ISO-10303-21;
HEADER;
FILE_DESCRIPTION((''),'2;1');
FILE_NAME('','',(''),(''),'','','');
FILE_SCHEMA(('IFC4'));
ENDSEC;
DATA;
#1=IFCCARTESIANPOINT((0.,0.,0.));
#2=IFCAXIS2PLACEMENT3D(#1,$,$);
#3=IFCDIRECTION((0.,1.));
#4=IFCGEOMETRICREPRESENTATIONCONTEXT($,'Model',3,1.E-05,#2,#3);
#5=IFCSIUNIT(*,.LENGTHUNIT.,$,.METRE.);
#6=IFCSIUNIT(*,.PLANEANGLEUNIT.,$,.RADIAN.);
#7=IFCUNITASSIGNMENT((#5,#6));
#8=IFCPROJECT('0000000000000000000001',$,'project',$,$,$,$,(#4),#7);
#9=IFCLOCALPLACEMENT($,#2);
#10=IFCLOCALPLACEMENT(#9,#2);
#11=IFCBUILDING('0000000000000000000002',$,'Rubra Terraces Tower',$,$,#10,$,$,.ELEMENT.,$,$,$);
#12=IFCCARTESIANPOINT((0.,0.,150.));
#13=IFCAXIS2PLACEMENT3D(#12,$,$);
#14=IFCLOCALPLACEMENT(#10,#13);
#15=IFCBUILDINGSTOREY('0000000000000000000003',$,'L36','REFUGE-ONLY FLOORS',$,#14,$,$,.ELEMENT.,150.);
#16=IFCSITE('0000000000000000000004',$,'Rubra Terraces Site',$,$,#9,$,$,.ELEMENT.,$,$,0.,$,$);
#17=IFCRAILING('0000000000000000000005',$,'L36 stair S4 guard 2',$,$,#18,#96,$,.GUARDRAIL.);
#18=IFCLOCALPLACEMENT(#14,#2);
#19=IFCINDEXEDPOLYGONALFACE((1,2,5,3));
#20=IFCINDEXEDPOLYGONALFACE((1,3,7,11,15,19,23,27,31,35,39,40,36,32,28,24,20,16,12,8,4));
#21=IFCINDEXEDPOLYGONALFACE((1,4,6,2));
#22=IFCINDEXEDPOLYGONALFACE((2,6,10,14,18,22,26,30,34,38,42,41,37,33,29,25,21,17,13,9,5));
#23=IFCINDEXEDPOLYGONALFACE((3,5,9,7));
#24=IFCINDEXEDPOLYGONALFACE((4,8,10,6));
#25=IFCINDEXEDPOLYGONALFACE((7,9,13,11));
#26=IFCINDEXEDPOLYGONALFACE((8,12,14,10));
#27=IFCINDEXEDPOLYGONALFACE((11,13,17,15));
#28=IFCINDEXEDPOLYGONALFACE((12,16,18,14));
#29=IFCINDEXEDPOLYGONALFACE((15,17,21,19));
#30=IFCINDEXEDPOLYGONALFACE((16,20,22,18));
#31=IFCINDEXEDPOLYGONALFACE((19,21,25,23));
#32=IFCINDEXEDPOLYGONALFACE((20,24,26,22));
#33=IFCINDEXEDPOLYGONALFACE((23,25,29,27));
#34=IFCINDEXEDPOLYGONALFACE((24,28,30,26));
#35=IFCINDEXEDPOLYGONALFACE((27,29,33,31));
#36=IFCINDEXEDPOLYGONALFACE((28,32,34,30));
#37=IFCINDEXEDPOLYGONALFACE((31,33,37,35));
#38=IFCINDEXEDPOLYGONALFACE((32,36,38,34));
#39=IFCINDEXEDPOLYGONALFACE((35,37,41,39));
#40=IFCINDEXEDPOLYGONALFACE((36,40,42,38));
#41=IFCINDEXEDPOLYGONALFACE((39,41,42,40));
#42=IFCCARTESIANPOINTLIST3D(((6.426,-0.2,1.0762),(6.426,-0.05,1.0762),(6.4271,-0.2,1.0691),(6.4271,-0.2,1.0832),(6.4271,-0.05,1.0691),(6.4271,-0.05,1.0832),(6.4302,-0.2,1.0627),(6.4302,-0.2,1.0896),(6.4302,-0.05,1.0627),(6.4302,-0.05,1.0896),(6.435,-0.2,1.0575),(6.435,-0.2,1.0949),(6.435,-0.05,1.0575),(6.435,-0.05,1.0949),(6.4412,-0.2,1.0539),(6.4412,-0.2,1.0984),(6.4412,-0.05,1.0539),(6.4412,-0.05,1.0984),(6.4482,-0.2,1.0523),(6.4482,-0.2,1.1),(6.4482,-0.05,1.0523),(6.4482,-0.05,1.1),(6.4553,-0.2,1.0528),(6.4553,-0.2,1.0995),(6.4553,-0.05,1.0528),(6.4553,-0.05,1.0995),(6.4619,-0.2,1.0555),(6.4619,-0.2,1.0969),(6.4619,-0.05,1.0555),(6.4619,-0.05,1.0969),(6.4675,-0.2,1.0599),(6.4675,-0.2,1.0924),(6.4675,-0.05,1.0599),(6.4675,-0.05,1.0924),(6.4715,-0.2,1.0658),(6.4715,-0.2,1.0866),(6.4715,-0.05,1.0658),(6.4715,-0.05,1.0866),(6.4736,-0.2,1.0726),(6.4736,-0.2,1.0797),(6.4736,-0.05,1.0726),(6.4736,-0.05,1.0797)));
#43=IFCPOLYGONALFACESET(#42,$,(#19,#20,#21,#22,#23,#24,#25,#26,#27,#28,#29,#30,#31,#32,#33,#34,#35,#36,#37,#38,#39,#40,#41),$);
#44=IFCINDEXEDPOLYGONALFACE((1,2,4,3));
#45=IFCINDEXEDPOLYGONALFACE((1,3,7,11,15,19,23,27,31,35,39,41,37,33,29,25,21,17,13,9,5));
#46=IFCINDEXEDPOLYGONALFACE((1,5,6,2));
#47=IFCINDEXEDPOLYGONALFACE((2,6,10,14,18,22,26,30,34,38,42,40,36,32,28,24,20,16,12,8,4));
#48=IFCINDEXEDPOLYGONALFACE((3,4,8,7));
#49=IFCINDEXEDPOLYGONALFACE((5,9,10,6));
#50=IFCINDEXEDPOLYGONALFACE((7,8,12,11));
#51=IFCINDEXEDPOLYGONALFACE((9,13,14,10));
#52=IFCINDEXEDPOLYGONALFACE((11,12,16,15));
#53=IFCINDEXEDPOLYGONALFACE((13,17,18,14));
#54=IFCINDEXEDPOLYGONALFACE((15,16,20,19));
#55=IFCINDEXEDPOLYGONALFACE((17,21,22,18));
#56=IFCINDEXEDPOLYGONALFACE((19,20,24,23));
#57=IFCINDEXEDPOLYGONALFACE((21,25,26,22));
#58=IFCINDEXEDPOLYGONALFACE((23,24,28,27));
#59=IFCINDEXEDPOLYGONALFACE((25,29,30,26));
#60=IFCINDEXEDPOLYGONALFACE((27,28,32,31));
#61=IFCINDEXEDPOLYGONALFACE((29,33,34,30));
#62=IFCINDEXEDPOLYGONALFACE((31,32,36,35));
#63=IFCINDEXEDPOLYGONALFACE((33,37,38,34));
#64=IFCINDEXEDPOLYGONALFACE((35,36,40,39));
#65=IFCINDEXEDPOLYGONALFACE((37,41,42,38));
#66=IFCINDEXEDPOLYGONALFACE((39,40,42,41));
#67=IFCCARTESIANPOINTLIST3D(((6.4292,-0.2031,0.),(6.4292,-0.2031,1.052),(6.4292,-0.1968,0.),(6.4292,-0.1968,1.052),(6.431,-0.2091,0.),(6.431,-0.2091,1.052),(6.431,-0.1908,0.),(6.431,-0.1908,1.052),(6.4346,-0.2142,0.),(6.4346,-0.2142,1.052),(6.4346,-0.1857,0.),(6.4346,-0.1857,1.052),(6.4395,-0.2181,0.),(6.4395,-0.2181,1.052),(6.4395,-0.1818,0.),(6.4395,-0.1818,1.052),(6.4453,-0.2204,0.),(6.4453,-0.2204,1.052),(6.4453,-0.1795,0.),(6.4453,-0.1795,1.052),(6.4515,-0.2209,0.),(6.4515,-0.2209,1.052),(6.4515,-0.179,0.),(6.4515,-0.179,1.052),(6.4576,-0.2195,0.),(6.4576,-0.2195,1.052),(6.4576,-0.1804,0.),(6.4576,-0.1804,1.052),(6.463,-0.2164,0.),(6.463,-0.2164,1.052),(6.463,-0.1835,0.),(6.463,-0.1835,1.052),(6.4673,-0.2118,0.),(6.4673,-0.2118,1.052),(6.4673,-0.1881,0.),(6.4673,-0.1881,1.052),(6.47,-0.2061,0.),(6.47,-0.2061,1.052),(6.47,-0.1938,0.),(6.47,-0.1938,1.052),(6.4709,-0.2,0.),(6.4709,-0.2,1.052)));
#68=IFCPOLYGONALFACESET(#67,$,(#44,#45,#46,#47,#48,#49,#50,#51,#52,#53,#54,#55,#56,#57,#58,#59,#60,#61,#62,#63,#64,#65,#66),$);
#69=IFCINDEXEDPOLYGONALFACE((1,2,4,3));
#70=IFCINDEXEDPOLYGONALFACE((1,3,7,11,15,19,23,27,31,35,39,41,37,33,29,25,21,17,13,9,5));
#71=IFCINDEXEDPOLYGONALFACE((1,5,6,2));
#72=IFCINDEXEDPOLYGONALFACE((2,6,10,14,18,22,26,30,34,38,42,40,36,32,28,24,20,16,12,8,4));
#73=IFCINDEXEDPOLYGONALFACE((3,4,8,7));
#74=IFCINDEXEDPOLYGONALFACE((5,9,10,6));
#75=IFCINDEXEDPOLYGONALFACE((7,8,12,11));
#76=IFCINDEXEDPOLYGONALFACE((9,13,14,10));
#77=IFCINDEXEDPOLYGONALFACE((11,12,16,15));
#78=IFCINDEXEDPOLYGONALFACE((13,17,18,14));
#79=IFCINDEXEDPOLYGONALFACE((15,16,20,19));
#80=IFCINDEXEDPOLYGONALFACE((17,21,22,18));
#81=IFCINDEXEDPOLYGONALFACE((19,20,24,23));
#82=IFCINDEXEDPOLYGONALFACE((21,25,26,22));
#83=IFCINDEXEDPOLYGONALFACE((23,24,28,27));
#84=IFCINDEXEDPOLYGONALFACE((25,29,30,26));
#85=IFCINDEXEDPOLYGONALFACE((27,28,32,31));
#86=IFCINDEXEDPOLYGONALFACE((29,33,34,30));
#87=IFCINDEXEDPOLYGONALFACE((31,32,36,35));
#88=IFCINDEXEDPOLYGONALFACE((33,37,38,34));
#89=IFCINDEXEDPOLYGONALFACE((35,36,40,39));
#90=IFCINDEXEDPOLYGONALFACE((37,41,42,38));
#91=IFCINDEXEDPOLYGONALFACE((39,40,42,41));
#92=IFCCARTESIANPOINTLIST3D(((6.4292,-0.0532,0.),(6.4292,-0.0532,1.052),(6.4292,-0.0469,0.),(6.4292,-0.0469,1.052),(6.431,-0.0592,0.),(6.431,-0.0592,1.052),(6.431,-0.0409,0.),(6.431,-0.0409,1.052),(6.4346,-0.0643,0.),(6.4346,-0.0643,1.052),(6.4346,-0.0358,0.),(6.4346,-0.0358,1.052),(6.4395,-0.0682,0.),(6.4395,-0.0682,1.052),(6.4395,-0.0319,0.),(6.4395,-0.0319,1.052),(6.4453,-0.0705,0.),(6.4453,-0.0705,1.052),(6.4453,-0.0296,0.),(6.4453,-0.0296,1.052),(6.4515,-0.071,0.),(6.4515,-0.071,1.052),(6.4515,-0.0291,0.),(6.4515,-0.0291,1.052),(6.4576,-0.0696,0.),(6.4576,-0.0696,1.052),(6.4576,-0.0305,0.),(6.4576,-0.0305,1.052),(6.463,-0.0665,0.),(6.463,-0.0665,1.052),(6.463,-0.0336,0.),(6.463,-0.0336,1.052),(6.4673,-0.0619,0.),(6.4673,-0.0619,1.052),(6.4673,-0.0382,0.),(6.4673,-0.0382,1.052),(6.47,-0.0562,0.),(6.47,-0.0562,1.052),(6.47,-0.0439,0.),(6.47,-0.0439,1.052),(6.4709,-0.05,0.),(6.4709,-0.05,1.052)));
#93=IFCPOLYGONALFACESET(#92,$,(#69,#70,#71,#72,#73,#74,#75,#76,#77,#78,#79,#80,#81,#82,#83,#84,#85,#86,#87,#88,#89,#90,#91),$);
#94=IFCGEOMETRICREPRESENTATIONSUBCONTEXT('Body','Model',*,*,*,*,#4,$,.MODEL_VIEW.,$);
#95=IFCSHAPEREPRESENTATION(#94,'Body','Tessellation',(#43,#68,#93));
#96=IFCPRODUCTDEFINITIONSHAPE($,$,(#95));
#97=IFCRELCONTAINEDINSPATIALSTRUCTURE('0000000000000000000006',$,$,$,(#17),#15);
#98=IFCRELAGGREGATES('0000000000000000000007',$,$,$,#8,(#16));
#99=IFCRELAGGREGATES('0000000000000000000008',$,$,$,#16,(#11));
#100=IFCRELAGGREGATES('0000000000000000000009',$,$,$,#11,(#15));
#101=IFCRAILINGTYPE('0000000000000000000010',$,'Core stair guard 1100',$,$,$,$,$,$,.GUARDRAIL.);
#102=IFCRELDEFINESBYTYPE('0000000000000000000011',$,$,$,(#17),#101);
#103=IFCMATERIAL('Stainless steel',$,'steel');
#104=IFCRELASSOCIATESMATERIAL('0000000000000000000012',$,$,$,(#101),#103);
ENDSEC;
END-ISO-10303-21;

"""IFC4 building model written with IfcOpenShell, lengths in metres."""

from ifc_helpers import new_model, si_unit, direction, frame, origin, origin_2d, place, context, subcontext, project, spatial, circle, extrude, material, type_object, element, save


model = new_model("IFC4")

# Units and contexts
model_context = context("Model", 3, precision=1e-05, world=origin(), true_north=direction((0.0, 1.0)))
body_context = subcontext(model_context, "Body", "Model", "MODEL_VIEW")
ifc_project = project(units=[si_unit("LENGTHUNIT", "METRE"), si_unit("PLANEANGLEUNIT", "RADIAN")], contexts=[model_context])

# Site, building, storey
site_placement = place(None, origin())
site = spatial("IfcSite", under=ifc_project, at=site_placement, Name="Rubra Terraces Site", CompositionType="ELEMENT", RefElevation=0.0)
building_placement = place(site_placement, origin())
building = spatial("IfcBuilding", under=site, at=building_placement, Name="Rubra Terraces Tower", CompositionType="ELEMENT")
storey_placement = place(building_placement, frame((0.0, 0.0, 150.0)))
storey = spatial("IfcBuildingStorey", under=building, at=storey_placement, Name="L36", Description="REFUGE-ONLY FLOORS", CompositionType="ELEMENT", Elevation=150.0)

# Railing
ifc_material_1 = material(Name="Stainless steel", Category="steel")
railing_type_1 = type_object("IfcRailingType", Name="Core stair guard 1100", PredefinedType="GUARDRAIL", material=ifc_material_1)
railing_1_placement = place(storey_placement, frame((6.45, -0.2, 0.0)))
element("IfcRailing", 1, at=railing_1_placement, inside=storey, type_object=railing_type_1, Name="L36 stair S4 guard 2", PredefinedType="GUARDRAIL", context=body_context, shape_type="SweptSolid", body=[
    extrude(circle(Radius=0.0239, at=origin_2d()), frame((0.0, 0.0, 1.0762), z_axis=(0.0, 1.0, 0.0), x_axis=(-1.0, 0.0, 0.0)), (0.0, 0.0, 1.0), 0.1499),
    extrude(circle(Radius=0.021, at=origin_2d()), origin(), (0.0, 0.0, 1.0), 1.052),
    extrude(circle(Radius=0.021, at=origin_2d()), frame((0.0, 0.1499, 0.0)), (0.0, 0.0, 1.0), 1.052),
])

save(model, "model.ifc")
